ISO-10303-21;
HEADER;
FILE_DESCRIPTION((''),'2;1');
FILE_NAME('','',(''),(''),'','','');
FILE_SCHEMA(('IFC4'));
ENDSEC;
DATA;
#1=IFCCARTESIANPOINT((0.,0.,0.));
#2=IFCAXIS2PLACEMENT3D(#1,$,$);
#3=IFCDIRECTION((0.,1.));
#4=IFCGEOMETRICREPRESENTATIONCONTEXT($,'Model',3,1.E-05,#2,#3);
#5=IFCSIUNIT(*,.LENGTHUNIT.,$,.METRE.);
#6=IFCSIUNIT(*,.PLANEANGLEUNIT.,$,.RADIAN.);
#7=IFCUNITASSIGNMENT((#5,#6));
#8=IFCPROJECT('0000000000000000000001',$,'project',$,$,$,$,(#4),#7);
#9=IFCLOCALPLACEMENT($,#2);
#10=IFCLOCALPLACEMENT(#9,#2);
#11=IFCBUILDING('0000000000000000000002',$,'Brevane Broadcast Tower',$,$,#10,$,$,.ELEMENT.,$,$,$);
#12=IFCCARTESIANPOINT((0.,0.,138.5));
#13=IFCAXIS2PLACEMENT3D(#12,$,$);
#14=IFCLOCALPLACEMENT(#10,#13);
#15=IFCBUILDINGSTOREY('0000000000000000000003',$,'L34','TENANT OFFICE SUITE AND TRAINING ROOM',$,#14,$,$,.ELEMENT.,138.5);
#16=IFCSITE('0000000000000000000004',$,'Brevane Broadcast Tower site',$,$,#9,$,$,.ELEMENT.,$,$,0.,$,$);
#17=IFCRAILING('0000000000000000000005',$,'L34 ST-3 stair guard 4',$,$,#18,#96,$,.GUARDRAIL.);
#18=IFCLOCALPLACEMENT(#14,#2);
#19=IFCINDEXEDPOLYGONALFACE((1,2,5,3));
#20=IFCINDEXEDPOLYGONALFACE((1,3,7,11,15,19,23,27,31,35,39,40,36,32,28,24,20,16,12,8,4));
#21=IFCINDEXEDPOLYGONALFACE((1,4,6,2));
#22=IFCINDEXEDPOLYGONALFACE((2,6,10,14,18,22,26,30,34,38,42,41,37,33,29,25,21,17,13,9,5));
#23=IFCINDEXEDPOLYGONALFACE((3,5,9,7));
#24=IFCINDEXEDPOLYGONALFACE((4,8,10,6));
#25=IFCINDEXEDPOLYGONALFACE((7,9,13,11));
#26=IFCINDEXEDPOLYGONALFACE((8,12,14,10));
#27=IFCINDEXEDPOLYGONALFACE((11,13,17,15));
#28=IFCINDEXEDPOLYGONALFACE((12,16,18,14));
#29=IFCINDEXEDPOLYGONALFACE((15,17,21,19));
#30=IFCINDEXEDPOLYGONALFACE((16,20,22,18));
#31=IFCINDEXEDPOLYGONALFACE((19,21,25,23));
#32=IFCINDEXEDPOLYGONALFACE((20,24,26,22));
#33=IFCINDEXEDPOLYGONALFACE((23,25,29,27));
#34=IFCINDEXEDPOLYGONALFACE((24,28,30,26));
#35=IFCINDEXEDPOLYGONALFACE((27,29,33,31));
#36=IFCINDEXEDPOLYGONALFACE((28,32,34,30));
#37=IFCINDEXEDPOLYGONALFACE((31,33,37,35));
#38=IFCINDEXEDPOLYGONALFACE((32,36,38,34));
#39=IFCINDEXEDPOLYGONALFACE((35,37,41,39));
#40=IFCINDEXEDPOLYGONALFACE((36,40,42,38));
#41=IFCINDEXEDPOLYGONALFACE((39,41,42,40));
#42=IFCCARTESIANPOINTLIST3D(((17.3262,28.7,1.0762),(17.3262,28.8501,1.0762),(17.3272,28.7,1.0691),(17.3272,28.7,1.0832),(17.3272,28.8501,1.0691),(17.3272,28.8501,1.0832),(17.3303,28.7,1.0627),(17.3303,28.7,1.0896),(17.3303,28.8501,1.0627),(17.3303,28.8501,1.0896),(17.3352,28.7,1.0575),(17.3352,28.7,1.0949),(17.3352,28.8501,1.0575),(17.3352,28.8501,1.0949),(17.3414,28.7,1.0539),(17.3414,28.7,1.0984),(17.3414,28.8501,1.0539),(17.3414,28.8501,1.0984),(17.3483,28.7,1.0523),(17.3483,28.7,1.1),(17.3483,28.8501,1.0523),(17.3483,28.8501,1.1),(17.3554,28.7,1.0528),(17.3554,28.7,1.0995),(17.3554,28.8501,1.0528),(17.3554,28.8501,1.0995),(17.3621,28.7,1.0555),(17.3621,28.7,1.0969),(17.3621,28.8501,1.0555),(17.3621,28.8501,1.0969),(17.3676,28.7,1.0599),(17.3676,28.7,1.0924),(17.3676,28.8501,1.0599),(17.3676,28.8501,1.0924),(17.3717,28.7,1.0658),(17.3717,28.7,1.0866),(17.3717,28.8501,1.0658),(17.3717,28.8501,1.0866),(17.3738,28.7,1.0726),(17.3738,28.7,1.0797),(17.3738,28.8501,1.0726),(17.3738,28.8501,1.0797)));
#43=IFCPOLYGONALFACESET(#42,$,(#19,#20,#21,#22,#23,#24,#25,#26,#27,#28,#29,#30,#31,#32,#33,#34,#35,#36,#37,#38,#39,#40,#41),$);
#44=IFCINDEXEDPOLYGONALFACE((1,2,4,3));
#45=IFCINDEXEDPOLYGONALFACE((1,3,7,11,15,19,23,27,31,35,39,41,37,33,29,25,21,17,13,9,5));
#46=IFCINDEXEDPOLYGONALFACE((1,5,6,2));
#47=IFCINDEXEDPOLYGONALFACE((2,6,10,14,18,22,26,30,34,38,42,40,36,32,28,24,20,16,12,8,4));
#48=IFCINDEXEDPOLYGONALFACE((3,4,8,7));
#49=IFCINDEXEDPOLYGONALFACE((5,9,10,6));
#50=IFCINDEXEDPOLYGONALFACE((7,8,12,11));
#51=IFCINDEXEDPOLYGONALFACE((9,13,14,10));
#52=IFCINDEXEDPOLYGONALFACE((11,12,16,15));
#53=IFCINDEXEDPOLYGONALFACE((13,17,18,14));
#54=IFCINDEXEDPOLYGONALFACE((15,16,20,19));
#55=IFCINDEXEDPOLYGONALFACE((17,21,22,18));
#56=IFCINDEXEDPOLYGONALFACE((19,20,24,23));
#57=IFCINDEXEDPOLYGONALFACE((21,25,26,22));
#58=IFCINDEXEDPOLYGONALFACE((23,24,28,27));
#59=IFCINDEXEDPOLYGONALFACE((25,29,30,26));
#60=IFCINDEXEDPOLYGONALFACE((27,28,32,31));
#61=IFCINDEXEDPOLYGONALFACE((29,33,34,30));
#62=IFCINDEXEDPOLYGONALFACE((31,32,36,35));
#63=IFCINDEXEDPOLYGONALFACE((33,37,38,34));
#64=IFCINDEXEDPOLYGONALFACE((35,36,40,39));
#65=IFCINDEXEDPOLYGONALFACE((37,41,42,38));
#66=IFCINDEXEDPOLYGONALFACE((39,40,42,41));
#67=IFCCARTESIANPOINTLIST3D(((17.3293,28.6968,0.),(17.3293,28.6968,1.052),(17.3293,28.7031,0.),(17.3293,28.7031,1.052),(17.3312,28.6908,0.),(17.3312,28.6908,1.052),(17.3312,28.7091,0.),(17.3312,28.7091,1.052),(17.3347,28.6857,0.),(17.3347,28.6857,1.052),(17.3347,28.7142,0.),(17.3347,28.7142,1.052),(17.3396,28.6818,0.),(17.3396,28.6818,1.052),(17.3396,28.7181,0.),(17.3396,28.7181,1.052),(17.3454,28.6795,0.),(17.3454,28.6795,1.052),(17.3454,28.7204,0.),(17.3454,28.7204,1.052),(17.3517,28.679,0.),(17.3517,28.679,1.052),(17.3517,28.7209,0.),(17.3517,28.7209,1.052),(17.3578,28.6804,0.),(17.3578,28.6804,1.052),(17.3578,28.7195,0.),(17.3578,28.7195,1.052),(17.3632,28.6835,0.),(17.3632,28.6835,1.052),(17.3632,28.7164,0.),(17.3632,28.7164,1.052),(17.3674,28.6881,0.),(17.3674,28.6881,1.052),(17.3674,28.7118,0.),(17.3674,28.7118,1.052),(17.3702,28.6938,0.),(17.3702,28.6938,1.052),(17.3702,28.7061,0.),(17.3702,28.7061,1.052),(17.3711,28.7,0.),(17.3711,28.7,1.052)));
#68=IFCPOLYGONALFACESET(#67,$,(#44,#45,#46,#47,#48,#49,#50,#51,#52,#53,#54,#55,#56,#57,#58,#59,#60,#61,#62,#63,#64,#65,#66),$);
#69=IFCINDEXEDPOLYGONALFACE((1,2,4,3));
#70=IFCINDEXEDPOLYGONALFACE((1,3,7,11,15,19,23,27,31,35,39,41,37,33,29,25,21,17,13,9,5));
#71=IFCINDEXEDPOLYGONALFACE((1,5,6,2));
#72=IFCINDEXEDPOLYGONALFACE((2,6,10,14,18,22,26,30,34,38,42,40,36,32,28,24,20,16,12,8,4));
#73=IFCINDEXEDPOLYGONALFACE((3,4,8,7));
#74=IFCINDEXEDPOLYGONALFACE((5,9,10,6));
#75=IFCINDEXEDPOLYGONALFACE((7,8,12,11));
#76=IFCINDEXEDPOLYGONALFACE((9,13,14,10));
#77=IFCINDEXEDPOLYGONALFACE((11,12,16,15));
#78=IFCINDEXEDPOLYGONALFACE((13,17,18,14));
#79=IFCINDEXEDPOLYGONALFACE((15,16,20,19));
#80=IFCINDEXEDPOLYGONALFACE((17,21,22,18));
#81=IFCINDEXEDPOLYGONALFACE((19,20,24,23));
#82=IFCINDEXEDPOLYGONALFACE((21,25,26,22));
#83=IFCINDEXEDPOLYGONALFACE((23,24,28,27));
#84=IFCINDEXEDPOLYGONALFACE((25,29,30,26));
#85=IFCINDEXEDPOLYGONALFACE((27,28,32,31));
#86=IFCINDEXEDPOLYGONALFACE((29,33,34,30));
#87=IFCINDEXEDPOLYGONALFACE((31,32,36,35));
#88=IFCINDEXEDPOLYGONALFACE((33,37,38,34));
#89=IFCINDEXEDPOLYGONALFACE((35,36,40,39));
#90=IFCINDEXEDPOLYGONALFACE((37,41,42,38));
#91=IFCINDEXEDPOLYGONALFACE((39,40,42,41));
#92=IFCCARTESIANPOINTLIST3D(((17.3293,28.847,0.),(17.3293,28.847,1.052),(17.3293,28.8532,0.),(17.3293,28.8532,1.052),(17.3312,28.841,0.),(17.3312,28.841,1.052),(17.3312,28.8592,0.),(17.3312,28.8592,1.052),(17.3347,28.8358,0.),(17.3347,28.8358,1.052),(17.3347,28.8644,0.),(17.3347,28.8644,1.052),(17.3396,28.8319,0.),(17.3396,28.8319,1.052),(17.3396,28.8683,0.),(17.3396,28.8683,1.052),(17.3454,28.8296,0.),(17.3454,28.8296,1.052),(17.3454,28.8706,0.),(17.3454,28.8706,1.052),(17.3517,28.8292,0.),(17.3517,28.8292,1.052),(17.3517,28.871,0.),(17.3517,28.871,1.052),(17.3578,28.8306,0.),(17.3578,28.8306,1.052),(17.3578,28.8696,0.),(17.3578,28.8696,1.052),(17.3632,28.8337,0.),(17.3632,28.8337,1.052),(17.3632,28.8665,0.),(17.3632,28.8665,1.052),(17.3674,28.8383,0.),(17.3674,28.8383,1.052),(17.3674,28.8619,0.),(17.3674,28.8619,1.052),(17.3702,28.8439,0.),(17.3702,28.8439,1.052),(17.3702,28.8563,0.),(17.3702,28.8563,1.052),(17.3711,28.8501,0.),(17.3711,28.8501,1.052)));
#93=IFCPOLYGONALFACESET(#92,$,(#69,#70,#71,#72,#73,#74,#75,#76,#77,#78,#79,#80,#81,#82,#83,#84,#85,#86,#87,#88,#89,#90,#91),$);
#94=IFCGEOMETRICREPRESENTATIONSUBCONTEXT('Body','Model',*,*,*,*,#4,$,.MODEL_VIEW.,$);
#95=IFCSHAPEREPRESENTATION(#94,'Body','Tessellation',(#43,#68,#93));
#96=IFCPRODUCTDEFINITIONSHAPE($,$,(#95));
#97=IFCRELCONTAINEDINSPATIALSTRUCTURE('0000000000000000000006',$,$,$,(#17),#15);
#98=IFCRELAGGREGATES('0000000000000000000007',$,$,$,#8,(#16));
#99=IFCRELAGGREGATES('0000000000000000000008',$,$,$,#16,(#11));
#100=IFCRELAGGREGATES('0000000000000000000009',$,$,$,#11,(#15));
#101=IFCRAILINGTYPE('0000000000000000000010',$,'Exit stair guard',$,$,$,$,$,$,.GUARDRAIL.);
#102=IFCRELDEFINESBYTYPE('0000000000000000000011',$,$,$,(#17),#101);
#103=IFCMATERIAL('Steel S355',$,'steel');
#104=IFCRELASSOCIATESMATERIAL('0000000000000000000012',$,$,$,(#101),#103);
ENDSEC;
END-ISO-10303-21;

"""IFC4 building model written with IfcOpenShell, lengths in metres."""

from ifc_helpers import new_model, si_unit, direction, frame, origin, origin_2d, place, context, subcontext, project, spatial, circle, extrude, material, type_object, element, save


model = new_model("IFC4")

# Units and contexts
model_context = context("Model", 3, precision=1e-05, world=origin(), true_north=direction((0.0, 1.0)))
body_context = subcontext(model_context, "Body", "Model", "MODEL_VIEW")
ifc_project = project(units=[si_unit("LENGTHUNIT", "METRE"), si_unit("PLANEANGLEUNIT", "RADIAN")], contexts=[model_context])

# Site, building, storey
site_placement = place(None, origin())
site = spatial("IfcSite", under=ifc_project, at=site_placement, Name="Brevane Broadcast Tower site", CompositionType="ELEMENT", RefElevation=0.0)
building_placement = place(site_placement, origin())
building = spatial("IfcBuilding", under=site, at=building_placement, Name="Brevane Broadcast Tower", CompositionType="ELEMENT")
storey_placement = place(building_placement, frame((0.0, 0.0, 138.5)))
storey = spatial("IfcBuildingStorey", under=building, at=storey_placement, Name="L34", Description="TENANT OFFICE SUITE AND TRAINING ROOM", CompositionType="ELEMENT", Elevation=138.5)

# Railing
ifc_material_1 = material(Name="Steel S355", Category="steel")
railing_type_1 = type_object("IfcRailingType", Name="Exit stair guard", PredefinedType="GUARDRAIL", material=ifc_material_1)
railing_1_placement = place(storey_placement, frame((17.3501, 28.7, 0.0)))
element("IfcRailing", 1, at=railing_1_placement, inside=storey, type_object=railing_type_1, Name="L34 ST-3 stair guard 4", PredefinedType="GUARDRAIL", context=body_context, shape_type="SweptSolid", body=[
    extrude(circle(Radius=0.0239, at=origin_2d()), frame((0.0, 0.0, 1.0762), z_axis=(0.0, 1.0, 0.0), x_axis=(-1.0, 0.0, 0.0)), (0.0, 0.0, 1.0), 0.1501),
    extrude(circle(Radius=0.021, at=origin_2d()), origin(), (0.0, 0.0, 1.0), 1.052),
    extrude(circle(Radius=0.021, at=origin_2d()), frame((0.0, 0.1501, 0.0)), (0.0, 0.0, 1.0), 1.052),
])

save(model, "model.ifc")
